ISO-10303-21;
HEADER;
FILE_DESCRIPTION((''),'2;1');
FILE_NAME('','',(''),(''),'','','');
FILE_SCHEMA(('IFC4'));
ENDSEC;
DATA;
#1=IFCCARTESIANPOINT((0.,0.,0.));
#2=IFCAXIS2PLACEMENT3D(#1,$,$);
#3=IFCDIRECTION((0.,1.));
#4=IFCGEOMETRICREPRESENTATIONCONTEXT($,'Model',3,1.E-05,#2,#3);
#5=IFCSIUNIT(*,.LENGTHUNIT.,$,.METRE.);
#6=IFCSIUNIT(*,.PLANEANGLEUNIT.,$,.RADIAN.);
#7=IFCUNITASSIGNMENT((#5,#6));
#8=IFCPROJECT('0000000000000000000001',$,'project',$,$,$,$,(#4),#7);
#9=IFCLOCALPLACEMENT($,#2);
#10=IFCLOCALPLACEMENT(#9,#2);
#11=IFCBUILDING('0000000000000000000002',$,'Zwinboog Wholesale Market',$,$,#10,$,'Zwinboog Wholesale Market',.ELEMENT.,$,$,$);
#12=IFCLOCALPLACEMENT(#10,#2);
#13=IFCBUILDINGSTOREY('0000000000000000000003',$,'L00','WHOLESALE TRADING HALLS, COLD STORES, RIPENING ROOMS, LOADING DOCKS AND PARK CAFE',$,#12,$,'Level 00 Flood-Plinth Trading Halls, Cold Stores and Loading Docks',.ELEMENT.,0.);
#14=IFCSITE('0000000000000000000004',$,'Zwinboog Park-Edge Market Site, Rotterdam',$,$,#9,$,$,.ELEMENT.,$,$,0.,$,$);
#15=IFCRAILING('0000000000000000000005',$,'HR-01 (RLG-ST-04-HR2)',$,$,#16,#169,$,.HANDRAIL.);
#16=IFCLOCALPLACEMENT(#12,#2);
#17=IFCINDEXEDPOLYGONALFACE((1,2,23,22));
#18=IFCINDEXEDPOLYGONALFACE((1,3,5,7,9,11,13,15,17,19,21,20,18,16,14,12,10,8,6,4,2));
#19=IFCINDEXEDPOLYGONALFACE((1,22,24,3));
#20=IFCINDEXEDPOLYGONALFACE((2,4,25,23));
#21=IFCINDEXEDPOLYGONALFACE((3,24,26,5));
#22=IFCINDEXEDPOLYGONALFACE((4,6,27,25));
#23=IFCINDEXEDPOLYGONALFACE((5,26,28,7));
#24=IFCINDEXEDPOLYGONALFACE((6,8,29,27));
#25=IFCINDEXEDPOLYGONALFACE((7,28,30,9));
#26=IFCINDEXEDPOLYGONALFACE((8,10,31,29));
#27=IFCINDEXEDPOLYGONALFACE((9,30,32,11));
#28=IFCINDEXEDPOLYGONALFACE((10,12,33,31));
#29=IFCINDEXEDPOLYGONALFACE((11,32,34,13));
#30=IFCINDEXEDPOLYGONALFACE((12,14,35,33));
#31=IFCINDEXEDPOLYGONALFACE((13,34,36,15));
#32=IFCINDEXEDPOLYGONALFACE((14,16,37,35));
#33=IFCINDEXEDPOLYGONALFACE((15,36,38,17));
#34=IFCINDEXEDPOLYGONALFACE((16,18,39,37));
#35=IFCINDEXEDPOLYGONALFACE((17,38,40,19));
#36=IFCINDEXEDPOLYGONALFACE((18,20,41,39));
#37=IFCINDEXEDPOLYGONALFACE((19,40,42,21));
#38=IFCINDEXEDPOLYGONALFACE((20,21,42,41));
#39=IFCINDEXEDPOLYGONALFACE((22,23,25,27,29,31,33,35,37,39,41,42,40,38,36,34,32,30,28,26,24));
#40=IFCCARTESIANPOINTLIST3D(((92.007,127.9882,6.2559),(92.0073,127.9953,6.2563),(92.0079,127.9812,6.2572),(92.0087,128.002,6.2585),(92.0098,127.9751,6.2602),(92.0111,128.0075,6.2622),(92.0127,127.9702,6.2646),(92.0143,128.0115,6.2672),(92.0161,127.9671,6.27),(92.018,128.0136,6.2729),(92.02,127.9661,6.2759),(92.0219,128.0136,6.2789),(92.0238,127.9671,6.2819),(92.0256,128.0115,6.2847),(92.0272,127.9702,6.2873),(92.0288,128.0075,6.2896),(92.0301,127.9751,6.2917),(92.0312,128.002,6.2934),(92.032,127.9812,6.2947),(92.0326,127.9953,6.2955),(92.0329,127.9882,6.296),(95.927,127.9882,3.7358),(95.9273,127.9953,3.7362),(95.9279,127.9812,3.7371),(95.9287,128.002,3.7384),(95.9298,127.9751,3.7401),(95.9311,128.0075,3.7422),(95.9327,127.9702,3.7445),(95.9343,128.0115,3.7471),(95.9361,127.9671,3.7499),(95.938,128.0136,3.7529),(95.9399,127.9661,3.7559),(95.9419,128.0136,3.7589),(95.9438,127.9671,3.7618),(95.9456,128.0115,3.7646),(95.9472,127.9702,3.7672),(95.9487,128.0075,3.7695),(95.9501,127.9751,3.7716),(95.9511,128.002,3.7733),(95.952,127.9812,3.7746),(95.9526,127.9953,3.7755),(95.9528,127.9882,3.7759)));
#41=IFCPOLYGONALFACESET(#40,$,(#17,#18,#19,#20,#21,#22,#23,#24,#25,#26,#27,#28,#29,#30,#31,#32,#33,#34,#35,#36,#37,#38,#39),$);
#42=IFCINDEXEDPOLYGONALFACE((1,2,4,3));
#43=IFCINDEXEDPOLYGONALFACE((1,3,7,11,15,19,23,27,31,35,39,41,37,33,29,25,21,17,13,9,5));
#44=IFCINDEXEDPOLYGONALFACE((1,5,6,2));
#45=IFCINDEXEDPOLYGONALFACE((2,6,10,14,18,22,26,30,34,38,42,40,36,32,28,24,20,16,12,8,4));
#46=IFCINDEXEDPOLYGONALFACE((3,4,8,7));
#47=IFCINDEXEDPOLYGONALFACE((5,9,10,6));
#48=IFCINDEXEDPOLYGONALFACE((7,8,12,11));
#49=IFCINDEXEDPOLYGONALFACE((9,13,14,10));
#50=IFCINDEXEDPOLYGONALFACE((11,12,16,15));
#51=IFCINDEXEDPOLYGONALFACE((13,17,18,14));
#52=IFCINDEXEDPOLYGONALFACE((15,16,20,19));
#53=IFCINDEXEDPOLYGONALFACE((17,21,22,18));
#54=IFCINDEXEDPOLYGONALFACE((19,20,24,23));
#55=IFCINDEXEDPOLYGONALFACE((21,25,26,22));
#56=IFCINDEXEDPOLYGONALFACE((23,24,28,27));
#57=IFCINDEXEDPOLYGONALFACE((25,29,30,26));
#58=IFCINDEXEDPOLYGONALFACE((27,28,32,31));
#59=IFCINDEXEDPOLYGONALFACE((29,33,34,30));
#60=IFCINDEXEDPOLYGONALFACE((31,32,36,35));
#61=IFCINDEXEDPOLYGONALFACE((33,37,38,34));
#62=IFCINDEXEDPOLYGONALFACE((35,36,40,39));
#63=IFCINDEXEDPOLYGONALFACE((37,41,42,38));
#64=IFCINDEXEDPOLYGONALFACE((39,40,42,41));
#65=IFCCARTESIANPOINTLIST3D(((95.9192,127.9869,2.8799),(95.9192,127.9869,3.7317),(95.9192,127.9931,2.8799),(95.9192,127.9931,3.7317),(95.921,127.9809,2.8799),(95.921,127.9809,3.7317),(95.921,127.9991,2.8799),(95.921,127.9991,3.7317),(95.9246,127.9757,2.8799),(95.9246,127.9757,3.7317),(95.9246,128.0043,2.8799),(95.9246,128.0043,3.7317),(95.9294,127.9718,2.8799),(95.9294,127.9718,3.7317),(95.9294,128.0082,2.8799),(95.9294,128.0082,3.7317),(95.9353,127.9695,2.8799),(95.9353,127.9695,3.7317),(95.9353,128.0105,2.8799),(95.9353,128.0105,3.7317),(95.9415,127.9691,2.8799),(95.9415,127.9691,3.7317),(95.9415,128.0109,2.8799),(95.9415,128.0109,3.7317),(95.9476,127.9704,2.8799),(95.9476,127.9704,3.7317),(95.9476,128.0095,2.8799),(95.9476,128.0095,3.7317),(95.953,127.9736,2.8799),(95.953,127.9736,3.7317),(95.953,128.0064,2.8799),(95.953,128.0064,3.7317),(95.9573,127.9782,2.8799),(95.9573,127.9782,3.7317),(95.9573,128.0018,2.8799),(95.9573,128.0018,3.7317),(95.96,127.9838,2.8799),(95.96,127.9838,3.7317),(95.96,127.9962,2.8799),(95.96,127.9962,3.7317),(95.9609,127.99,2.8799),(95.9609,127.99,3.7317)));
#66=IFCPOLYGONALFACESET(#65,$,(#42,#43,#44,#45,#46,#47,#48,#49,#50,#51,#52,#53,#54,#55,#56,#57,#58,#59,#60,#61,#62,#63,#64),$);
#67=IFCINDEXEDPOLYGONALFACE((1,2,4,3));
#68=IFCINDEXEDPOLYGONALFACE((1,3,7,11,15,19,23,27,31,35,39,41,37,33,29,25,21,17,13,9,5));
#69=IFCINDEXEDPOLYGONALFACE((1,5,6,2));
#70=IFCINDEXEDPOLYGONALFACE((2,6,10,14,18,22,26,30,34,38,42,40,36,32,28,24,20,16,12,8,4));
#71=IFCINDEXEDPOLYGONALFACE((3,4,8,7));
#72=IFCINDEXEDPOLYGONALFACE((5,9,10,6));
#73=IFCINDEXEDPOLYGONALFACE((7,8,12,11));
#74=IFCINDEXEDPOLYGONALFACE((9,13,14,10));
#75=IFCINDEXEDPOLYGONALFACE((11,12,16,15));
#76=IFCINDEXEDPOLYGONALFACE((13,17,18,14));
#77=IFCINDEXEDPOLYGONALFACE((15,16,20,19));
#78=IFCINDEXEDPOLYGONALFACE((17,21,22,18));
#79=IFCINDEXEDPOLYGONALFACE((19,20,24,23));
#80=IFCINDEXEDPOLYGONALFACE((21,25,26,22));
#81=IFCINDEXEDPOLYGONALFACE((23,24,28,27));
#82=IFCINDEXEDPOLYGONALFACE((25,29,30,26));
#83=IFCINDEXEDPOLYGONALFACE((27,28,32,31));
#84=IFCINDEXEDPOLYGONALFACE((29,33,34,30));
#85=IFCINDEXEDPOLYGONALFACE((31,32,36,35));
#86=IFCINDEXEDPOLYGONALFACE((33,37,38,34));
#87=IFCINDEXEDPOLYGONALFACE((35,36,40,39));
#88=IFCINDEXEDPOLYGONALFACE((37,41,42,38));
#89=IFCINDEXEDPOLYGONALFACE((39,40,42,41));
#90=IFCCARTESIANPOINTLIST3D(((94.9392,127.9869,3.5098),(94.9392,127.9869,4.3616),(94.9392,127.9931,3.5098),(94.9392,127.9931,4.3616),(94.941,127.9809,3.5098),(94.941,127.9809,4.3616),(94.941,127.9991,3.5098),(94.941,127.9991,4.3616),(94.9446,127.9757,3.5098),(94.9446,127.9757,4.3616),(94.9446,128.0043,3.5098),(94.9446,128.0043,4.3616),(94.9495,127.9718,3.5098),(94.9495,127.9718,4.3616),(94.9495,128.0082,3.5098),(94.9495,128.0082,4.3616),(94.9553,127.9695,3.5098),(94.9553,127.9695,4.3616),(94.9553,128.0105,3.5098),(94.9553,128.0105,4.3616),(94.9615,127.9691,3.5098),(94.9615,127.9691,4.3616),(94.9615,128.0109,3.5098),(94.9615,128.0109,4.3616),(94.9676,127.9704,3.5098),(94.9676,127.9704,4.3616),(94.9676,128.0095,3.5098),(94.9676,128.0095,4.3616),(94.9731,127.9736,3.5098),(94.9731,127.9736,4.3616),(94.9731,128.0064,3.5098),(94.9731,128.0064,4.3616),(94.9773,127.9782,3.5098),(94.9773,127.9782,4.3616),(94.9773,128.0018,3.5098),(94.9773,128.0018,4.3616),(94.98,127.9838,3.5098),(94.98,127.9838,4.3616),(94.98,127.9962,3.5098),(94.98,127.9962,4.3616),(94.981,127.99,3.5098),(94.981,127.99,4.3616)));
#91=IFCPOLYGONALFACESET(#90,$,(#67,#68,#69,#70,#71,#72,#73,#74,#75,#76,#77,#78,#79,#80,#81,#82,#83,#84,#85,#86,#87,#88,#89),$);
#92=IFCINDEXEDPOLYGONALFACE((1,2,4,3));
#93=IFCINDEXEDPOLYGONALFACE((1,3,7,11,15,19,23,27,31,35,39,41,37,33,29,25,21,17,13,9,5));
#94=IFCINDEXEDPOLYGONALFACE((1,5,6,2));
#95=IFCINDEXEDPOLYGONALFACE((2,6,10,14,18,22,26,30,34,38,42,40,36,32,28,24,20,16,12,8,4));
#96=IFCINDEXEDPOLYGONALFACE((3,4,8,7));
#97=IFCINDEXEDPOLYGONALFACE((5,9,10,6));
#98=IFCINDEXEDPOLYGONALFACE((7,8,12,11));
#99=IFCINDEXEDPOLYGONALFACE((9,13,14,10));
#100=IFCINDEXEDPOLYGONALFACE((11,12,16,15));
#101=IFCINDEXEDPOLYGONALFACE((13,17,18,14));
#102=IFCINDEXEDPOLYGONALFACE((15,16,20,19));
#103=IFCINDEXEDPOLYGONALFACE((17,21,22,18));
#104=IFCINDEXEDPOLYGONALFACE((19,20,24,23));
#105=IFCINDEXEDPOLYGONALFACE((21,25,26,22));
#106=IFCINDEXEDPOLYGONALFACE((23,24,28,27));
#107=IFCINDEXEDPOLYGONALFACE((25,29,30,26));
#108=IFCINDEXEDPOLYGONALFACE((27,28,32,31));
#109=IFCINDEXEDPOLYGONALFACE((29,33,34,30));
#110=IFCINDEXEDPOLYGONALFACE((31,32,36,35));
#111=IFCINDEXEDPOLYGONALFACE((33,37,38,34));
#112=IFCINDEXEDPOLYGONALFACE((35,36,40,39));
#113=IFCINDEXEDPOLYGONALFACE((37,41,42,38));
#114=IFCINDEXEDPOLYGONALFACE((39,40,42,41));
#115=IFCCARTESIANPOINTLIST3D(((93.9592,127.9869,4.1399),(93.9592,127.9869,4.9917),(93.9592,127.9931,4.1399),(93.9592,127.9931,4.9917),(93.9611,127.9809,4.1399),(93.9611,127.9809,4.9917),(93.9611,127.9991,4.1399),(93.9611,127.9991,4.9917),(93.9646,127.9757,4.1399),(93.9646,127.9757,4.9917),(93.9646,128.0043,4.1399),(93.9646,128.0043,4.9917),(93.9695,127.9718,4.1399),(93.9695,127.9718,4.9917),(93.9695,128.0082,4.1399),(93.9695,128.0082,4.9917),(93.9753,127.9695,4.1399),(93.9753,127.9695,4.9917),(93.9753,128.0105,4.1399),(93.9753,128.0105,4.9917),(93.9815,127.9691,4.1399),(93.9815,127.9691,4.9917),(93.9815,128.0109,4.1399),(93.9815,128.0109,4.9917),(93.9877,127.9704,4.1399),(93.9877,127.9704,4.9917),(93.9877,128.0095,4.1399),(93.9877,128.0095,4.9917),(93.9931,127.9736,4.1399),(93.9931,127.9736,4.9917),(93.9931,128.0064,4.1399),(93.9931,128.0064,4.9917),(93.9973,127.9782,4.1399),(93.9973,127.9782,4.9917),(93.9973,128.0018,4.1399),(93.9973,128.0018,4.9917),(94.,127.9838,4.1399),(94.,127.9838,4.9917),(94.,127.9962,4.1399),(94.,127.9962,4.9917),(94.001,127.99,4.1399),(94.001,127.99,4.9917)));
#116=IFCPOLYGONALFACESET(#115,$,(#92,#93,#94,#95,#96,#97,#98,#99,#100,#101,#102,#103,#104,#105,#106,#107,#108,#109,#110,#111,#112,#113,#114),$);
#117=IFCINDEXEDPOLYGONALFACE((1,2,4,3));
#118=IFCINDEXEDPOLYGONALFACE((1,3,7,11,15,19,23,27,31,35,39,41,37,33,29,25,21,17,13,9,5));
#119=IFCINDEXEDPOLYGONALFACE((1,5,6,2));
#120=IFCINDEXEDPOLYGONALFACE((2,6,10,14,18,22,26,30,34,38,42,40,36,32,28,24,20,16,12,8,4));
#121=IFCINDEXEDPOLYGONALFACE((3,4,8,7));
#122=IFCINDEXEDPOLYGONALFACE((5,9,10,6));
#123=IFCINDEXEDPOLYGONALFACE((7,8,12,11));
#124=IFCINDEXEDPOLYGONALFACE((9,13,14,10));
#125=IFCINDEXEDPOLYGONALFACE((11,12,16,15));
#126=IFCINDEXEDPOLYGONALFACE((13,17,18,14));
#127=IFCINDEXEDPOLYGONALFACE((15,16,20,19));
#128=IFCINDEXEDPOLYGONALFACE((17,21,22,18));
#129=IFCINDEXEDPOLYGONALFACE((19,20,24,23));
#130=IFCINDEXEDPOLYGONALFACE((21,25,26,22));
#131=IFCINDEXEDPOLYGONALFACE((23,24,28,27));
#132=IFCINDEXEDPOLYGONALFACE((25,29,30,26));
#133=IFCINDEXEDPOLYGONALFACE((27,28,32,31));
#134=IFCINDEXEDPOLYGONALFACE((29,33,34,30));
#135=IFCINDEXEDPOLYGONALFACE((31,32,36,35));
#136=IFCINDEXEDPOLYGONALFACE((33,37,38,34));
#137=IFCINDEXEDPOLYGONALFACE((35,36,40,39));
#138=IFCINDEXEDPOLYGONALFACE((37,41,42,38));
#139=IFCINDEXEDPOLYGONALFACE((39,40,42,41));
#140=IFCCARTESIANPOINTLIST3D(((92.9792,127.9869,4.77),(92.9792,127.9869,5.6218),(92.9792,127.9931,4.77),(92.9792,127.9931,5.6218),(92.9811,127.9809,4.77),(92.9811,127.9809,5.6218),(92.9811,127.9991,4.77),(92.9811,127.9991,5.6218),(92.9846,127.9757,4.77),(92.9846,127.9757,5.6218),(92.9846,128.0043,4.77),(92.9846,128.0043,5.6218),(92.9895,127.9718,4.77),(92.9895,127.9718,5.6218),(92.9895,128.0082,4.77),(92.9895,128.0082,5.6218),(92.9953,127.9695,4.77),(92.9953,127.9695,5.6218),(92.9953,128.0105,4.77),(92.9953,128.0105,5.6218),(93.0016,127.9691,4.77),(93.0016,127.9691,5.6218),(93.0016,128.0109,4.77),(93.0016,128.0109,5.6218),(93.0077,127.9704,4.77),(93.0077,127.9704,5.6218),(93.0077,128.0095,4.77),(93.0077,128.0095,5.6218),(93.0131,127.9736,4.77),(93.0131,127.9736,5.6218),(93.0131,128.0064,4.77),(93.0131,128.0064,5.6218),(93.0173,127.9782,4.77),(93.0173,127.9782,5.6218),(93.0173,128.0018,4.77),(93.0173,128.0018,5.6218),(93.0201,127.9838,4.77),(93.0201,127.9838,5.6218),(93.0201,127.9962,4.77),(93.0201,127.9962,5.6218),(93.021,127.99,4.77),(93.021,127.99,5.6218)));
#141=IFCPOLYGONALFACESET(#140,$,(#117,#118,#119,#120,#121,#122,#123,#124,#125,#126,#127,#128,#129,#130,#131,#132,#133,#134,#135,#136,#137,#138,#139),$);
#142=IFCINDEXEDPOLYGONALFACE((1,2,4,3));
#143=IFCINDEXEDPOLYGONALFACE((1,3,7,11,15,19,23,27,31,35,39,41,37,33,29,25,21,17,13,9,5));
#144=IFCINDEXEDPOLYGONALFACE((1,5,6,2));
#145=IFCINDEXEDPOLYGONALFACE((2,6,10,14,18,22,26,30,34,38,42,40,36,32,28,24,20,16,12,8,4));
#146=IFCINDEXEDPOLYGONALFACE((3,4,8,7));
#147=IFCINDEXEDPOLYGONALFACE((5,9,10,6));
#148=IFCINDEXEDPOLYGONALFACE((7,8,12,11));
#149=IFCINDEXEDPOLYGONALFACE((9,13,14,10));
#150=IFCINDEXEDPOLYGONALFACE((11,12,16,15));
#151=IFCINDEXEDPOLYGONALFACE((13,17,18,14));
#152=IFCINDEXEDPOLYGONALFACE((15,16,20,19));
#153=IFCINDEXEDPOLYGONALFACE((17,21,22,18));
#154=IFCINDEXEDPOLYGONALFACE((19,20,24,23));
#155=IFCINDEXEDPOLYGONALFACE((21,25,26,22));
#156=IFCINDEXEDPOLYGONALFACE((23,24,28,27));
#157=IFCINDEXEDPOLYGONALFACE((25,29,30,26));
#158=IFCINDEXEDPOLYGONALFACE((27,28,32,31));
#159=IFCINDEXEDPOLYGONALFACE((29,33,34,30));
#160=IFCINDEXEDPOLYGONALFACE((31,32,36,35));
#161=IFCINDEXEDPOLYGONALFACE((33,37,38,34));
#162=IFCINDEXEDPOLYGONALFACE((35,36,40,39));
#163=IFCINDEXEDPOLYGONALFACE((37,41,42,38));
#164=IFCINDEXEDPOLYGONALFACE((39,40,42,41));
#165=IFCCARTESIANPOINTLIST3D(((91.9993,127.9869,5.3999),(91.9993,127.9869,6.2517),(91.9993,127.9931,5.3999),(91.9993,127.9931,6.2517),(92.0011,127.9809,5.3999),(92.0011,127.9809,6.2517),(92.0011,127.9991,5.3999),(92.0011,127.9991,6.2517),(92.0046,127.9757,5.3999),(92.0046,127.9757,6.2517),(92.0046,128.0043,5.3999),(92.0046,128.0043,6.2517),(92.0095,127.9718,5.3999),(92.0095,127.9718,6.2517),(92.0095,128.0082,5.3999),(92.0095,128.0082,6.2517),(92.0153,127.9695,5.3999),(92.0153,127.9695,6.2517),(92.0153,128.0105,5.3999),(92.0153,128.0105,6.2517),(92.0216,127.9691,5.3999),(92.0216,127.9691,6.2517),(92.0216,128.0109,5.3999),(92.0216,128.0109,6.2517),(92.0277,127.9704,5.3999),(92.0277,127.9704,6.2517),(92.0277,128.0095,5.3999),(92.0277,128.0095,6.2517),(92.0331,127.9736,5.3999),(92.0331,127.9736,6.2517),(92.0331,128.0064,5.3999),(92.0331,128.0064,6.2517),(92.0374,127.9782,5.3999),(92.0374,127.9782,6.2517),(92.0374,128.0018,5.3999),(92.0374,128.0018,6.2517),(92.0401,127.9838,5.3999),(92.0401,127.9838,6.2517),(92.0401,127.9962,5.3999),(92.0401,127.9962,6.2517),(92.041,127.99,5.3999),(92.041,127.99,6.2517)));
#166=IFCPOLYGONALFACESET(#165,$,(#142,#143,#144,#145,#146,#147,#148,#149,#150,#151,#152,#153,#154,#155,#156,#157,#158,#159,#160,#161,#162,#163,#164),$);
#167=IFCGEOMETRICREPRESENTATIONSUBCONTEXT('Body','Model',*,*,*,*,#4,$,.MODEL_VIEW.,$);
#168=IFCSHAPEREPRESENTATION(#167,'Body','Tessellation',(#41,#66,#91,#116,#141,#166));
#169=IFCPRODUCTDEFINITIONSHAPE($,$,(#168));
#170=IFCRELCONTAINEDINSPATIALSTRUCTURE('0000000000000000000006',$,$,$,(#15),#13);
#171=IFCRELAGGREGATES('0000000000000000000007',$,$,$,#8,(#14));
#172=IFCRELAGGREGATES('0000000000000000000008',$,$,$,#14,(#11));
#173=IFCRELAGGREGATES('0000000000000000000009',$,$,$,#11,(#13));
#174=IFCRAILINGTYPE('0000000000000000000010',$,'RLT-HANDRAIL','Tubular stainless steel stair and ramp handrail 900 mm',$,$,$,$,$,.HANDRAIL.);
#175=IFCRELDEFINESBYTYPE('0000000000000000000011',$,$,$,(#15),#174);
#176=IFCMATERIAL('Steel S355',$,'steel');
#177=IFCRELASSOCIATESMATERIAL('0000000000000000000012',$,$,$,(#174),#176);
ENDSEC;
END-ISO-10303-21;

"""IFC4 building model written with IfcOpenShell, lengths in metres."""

from ifc_helpers import new_model, si_unit, direction, frame, origin, origin_2d, place, context, subcontext, project, spatial, circle, extrude, material, type_object, element, save


model = new_model("IFC4")

# Units and contexts
model_context = context("Model", 3, precision=1e-05, world=origin(), true_north=direction((0.0, 1.0)))
body_context = subcontext(model_context, "Body", "Model", "MODEL_VIEW")
ifc_project = project(units=[si_unit("LENGTHUNIT", "METRE"), si_unit("PLANEANGLEUNIT", "RADIAN")], contexts=[model_context])

# Site, building, storey
site_placement = place(None, origin())
site = spatial("IfcSite", under=ifc_project, at=site_placement, Name="Zwinboog Park-Edge Market Site, Rotterdam", CompositionType="ELEMENT", RefElevation=0.0)
building_placement = place(site_placement, origin())
building = spatial("IfcBuilding", under=site, at=building_placement, Name="Zwinboog Wholesale Market", LongName="Zwinboog Wholesale Market", CompositionType="ELEMENT")
storey_placement = place(building_placement, origin())
storey = spatial("IfcBuildingStorey", under=building, at=storey_placement, Name="L00", Description="WHOLESALE TRADING HALLS, COLD STORES, RIPENING ROOMS, LOADING DOCKS AND PARK CAFE", LongName="Level 00 Flood-Plinth Trading Halls, Cold Stores and Loading Docks", CompositionType="ELEMENT", Elevation=0.0)

# Railing
ifc_material_1 = material(Name="Steel S355", Category="steel")
railing_type_1 = type_object("IfcRailingType", Name="RLT-HANDRAIL", Description="Tubular stainless steel stair and ramp handrail 900 mm", PredefinedType="HANDRAIL", material=ifc_material_1)
railing_1_placement = place(storey_placement, frame((95.9399, 127.99, 2.8799)))
element("IfcRailing", 1, at=railing_1_placement, inside=storey, type_object=railing_type_1, Name="HR-01 (RLG-ST-04-HR2)", PredefinedType="HANDRAIL", context=body_context, shape_type="SweptSolid", body=[
    extrude(circle(Radius=0.0239, at=origin_2d()), frame((0.0, 0.0, 0.876), z_axis=(-0.841172, 0.0, 0.540768), x_axis=(0.0, -1.0, 0.0)), (0.0, 0.0, 1.0), 4.6602),
    extrude(circle(Radius=0.021, at=origin_2d()), origin(), (0.0, 0.0, 1.0), 0.8518),
    extrude(circle(Radius=0.021, at=origin_2d()), frame((-0.98, 0.0, 0.6299)), (0.0, 0.0, 1.0), 0.8518),
    extrude(circle(Radius=0.021, at=origin_2d()), frame((-1.96, 0.0, 1.26)), (0.0, 0.0, 1.0), 0.8518),
    extrude(circle(Radius=0.021, at=origin_2d()), frame((-2.9399, 0.0, 1.8901)), (0.0, 0.0, 1.0), 0.8518),
    extrude(circle(Radius=0.021, at=origin_2d()), frame((-3.9199, 0.0, 2.52)), (0.0, 0.0, 1.0), 0.8518),
])

save(model, "model.ifc")
